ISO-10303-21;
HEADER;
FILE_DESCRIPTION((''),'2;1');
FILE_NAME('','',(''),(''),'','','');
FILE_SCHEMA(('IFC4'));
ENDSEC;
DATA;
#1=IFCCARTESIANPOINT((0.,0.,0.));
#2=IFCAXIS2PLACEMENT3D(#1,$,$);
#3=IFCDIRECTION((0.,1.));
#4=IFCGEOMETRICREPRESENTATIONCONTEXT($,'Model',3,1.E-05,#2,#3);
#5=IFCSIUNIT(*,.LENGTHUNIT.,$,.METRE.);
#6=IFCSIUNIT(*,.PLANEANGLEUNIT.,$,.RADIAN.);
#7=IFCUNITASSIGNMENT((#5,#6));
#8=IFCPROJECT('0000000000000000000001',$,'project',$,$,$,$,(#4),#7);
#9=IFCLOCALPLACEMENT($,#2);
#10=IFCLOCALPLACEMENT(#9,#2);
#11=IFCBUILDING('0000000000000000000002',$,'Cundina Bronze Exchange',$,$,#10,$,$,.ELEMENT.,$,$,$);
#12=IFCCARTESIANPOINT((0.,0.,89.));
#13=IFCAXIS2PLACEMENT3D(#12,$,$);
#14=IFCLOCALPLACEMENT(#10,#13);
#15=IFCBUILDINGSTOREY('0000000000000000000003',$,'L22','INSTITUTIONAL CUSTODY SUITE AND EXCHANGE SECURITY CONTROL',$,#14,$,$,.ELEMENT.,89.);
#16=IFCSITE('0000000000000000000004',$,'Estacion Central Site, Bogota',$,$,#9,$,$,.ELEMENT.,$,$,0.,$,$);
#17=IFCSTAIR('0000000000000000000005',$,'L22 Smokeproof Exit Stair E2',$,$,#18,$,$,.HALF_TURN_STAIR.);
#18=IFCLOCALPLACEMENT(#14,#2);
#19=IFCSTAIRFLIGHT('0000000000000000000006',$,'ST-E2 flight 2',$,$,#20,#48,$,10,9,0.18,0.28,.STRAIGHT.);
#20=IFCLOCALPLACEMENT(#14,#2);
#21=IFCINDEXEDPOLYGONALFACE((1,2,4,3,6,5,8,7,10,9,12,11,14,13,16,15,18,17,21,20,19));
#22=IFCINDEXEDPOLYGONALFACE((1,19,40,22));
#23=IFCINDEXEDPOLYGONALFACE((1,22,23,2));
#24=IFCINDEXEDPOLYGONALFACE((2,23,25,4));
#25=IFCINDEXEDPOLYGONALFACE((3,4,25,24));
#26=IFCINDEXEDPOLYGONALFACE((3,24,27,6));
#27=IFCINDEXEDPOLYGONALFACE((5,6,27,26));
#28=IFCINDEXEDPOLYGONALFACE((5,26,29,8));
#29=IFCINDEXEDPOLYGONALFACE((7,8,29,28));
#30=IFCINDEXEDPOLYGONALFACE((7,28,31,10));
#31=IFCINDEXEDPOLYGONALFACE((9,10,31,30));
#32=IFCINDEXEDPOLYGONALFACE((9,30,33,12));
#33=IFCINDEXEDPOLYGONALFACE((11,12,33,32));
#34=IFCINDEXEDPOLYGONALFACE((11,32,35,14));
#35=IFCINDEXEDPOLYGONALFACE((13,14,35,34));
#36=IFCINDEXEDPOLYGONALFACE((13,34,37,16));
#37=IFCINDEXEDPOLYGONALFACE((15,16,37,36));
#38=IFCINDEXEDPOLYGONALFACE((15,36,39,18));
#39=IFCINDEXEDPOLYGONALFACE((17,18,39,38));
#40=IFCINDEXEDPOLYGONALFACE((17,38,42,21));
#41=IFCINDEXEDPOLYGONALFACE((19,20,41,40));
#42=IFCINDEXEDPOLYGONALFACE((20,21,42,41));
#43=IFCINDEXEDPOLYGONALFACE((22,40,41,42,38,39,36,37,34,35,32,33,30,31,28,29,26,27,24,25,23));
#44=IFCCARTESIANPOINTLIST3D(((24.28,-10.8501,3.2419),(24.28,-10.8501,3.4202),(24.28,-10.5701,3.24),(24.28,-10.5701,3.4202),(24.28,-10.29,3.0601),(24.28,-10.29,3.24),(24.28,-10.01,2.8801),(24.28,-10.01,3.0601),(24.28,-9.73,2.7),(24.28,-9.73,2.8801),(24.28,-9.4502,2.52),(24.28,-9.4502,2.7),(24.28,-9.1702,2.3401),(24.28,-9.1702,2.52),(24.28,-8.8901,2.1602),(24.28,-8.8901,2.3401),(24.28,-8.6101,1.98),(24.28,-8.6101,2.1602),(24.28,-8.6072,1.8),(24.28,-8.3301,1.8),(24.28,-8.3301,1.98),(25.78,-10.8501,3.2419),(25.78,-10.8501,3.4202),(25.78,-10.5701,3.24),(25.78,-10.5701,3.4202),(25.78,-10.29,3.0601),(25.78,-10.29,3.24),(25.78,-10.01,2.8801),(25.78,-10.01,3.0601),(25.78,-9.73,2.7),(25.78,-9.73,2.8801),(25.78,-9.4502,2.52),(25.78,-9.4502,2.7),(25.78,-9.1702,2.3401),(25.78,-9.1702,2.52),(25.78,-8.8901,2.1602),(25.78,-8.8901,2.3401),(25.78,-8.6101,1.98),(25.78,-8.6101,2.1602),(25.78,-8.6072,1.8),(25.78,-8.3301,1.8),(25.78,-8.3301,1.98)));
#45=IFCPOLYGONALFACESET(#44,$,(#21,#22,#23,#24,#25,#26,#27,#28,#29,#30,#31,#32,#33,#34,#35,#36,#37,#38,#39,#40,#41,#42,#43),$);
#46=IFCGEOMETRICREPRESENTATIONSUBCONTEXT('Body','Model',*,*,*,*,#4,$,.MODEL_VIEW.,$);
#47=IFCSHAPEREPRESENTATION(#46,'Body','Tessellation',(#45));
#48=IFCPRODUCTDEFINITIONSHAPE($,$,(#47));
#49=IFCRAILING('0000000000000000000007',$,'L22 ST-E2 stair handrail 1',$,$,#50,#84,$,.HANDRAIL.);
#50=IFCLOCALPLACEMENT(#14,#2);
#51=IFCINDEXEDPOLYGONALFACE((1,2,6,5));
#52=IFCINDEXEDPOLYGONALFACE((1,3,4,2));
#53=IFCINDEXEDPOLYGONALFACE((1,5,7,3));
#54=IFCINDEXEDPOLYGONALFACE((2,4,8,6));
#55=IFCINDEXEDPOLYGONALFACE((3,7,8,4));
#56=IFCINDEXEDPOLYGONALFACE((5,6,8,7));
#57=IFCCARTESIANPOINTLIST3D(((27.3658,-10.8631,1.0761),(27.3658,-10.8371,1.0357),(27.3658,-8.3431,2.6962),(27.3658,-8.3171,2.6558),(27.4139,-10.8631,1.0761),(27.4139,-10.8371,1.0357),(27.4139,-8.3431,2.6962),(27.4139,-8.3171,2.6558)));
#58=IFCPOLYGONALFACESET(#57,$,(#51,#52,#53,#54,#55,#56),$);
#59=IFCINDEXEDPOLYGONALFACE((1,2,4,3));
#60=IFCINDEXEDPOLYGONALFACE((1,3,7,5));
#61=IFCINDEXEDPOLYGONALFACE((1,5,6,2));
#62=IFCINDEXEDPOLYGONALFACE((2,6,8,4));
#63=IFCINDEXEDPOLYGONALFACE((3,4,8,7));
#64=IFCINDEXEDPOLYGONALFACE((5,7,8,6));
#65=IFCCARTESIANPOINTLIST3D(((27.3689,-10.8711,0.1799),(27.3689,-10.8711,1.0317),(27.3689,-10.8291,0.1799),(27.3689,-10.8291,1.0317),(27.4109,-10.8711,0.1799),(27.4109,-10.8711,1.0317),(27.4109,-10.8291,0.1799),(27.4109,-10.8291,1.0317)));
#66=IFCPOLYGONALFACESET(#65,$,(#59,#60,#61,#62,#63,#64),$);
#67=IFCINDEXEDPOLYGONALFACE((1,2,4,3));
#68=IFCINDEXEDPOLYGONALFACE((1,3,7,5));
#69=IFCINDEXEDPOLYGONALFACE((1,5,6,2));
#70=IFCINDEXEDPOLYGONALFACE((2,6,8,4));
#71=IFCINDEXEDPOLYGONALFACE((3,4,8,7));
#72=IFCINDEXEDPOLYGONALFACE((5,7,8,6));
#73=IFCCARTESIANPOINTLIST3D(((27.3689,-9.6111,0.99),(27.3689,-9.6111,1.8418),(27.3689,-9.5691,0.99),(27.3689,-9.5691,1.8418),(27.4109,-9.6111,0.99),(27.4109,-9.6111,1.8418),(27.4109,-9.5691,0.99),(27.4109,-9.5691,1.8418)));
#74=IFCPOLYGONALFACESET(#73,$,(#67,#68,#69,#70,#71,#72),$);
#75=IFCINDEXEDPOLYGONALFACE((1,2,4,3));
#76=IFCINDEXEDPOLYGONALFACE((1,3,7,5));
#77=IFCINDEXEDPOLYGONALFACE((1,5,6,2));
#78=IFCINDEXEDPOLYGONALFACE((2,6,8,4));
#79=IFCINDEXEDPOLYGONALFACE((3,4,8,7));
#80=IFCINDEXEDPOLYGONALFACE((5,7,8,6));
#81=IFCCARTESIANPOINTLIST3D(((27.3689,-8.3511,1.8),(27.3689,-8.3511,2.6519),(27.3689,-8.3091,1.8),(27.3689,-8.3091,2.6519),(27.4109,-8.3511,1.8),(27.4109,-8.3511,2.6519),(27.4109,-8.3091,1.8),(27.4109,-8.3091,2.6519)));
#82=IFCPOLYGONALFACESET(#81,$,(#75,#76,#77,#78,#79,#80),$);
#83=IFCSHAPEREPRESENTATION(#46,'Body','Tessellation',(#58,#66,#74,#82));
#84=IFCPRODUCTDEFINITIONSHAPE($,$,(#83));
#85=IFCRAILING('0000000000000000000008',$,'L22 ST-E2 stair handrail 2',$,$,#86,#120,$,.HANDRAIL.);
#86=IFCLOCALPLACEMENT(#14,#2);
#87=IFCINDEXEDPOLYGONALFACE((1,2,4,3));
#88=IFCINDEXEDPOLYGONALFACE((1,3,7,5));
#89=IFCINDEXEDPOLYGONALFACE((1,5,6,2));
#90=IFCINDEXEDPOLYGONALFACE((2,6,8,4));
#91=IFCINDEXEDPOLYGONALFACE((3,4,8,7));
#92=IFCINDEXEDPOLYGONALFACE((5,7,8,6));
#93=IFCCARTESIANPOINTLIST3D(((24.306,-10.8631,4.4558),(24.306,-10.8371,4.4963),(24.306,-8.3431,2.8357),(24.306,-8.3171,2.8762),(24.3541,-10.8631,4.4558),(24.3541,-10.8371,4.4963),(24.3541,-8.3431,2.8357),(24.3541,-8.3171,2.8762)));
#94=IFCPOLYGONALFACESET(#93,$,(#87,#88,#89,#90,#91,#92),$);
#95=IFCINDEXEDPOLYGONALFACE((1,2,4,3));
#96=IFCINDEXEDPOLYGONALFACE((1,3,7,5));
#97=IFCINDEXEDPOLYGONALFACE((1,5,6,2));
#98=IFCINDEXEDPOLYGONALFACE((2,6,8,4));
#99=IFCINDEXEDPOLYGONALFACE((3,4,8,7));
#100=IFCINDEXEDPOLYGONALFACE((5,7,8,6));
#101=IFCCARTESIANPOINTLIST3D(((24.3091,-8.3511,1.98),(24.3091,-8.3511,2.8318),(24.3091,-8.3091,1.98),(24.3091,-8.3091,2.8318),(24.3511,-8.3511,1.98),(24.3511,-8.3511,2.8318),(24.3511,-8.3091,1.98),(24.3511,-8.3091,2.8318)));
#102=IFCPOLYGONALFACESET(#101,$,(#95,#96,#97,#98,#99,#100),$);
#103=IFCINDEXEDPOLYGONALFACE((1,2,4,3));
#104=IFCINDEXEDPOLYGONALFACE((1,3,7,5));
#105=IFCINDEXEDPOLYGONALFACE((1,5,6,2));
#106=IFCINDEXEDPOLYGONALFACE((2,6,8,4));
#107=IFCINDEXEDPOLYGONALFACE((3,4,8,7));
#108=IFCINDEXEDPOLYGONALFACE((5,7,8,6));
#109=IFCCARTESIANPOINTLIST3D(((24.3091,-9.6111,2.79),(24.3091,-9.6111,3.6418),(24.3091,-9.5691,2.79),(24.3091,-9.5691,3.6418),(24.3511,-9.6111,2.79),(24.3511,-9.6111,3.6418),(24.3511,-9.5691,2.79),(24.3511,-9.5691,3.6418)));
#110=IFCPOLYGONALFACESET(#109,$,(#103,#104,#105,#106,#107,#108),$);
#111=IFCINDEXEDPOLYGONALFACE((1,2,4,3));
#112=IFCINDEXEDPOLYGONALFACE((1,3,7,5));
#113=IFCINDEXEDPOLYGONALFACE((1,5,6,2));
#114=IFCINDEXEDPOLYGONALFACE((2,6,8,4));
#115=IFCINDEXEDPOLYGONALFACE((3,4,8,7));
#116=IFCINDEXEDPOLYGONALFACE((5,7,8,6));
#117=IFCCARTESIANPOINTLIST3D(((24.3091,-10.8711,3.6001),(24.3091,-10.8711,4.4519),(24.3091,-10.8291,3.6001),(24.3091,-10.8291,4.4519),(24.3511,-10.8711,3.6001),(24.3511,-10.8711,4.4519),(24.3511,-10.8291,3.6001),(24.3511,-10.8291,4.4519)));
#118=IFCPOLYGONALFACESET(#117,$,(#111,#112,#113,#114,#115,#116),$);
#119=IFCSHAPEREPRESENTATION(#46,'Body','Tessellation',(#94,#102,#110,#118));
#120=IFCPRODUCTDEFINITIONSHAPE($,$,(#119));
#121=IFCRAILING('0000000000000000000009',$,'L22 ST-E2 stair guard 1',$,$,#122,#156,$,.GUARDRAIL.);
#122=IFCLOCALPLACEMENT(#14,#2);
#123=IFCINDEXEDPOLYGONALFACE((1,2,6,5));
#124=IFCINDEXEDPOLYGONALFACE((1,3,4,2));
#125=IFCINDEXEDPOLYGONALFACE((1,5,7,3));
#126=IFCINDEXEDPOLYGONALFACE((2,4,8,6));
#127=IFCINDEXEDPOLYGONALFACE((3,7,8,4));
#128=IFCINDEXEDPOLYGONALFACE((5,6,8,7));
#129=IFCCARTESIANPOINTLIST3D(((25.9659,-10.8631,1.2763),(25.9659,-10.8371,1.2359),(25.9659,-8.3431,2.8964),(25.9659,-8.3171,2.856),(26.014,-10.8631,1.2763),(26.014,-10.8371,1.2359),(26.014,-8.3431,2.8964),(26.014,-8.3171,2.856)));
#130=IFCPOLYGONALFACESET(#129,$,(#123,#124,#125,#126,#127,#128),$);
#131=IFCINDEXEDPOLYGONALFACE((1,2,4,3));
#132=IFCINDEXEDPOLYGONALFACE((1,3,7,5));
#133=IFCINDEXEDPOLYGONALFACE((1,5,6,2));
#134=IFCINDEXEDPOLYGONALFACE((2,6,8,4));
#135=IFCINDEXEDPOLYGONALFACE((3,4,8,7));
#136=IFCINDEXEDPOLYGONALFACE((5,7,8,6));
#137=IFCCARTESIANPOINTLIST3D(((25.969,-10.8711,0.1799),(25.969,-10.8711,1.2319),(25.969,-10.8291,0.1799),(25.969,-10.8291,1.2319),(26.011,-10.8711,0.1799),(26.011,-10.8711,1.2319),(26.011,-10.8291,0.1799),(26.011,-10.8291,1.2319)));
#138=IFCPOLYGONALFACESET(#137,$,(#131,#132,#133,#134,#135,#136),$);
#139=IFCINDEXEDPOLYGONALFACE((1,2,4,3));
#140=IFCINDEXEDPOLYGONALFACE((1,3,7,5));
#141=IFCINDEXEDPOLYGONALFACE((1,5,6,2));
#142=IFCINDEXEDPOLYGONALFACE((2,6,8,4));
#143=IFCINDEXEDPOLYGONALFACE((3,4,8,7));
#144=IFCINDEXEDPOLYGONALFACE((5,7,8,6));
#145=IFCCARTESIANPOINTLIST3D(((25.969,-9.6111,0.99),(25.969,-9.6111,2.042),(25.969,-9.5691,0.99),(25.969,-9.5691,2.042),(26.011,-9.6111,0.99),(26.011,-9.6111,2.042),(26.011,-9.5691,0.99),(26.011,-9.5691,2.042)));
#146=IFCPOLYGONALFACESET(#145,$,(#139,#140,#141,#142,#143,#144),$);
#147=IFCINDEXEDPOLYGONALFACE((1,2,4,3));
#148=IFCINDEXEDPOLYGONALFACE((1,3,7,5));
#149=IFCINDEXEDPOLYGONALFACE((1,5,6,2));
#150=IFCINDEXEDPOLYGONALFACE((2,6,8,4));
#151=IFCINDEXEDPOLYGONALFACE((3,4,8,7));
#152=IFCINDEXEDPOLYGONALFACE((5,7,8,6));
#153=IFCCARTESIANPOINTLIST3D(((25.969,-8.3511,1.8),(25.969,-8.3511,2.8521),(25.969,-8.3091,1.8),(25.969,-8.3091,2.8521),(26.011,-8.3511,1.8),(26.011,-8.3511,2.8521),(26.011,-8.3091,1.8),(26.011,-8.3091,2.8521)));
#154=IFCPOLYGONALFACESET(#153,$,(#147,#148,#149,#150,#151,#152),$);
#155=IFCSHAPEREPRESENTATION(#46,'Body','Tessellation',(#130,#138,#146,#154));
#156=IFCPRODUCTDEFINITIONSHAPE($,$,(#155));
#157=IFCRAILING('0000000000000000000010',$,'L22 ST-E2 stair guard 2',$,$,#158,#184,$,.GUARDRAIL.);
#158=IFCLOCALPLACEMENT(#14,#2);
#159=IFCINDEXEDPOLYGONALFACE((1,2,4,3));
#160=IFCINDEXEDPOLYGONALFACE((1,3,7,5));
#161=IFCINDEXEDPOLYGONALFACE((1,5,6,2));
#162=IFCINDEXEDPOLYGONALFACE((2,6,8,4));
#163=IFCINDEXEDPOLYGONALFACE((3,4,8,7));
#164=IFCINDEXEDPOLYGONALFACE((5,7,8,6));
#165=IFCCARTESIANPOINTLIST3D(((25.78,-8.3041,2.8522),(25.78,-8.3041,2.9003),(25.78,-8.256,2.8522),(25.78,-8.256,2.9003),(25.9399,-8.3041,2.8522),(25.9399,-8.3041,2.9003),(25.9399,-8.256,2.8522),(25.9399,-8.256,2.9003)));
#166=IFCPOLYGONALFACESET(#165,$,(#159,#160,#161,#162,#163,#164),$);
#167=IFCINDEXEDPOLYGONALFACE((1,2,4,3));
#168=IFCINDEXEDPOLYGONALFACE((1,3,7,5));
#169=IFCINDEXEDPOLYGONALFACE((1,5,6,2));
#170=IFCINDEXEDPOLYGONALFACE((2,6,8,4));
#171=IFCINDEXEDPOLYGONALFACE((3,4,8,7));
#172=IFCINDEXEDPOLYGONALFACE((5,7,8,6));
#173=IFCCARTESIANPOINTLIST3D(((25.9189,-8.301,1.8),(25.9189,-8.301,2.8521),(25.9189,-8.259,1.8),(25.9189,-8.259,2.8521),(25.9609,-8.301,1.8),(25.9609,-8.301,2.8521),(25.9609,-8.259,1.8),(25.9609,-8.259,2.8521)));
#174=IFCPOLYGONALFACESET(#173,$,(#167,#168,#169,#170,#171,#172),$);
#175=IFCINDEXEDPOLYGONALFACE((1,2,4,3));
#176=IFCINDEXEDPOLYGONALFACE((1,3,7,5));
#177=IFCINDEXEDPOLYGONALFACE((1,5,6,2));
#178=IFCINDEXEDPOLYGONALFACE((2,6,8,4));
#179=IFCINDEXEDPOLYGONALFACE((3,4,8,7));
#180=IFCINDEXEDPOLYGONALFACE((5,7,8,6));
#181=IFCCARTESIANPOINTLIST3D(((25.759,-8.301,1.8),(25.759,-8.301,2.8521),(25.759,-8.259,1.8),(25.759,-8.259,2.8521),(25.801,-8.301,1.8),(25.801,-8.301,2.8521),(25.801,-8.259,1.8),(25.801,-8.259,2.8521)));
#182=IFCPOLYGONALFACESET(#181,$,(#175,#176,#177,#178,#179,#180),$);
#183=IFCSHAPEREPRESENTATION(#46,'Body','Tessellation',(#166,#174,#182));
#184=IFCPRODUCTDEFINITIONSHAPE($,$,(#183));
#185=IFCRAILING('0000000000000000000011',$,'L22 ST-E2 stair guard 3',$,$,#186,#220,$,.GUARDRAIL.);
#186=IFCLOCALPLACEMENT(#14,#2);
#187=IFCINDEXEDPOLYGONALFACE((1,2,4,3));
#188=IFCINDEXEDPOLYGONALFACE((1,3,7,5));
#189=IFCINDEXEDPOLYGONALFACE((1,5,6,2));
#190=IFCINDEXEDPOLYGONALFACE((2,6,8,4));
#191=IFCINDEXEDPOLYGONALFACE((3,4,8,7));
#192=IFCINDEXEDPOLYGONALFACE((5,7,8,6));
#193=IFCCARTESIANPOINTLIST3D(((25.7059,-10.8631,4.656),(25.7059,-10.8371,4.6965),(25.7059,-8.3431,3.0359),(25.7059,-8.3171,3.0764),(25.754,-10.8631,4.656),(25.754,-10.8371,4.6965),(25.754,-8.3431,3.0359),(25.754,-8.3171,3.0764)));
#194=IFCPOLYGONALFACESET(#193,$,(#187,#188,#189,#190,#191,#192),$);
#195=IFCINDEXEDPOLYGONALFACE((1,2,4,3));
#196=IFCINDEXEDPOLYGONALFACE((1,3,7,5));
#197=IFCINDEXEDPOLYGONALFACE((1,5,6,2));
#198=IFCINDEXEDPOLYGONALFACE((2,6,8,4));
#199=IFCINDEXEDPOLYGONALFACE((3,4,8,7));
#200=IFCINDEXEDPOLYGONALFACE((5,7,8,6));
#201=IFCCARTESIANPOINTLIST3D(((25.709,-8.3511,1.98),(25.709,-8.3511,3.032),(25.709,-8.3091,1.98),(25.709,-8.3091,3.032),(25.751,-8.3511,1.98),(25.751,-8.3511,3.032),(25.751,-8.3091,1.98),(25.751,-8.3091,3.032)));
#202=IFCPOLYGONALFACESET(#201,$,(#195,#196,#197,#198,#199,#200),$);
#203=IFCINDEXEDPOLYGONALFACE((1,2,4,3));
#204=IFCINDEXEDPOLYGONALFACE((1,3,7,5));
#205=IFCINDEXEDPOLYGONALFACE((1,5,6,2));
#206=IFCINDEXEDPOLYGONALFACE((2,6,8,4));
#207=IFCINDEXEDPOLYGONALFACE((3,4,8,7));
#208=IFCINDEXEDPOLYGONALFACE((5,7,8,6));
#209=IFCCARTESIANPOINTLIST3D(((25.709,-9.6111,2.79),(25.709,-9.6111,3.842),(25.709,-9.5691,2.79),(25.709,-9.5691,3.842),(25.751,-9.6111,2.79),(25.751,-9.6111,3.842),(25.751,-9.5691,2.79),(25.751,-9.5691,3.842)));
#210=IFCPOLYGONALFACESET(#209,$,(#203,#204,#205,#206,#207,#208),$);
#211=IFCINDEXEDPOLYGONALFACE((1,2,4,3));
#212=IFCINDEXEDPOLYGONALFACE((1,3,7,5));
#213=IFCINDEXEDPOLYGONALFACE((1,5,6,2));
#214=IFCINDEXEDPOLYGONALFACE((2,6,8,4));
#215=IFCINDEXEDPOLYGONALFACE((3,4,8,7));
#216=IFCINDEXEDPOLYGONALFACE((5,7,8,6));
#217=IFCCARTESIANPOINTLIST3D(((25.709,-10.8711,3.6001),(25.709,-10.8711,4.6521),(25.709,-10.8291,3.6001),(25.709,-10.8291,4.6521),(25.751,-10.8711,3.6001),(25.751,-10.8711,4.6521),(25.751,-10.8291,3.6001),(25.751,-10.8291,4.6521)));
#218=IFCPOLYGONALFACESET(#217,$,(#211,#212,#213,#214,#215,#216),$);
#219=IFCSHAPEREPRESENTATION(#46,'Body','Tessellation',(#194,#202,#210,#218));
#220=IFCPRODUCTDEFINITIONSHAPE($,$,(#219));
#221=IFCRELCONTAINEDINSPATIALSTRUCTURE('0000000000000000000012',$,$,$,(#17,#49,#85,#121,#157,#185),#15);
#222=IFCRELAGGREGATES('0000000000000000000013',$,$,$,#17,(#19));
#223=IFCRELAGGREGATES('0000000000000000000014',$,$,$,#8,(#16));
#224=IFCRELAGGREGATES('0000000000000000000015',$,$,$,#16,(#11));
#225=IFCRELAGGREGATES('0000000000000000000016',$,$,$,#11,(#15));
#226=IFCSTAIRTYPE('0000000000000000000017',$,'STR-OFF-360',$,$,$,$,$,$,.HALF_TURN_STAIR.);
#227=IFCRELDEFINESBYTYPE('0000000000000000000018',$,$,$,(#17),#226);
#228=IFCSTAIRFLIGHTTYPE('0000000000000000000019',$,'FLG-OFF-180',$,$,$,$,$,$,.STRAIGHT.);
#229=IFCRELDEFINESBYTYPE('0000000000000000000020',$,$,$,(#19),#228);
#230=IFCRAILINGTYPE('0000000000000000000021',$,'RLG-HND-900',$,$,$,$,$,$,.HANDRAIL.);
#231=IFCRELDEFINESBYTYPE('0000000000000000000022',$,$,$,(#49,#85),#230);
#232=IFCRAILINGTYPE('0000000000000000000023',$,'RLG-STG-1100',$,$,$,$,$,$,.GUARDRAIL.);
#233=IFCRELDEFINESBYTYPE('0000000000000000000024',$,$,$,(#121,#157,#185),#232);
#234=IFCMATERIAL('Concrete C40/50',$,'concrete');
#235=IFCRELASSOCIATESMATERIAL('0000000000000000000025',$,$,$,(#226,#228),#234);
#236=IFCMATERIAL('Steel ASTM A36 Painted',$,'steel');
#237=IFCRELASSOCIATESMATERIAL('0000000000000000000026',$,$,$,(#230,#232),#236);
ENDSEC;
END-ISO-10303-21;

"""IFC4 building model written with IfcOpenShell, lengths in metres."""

from ifc_helpers import new_model, si_unit, direction, frame, origin, origin_2d, place, context, subcontext, project, spatial, polyline, rectangle, outline, extrude, material, type_object, element, aggregate, save


model = new_model("IFC4")

# Units and contexts
model_context = context("Model", 3, precision=1e-05, world=origin(), true_north=direction((0.0, 1.0)))
body_context = subcontext(model_context, "Body", "Model", "MODEL_VIEW")
ifc_project = project(units=[si_unit("LENGTHUNIT", "METRE"), si_unit("PLANEANGLEUNIT", "RADIAN")], contexts=[model_context])

# Site, building, storey
site_placement = place(None, origin())
site = spatial("IfcSite", under=ifc_project, at=site_placement, Name="Estacion Central Site, Bogota", CompositionType="ELEMENT", RefElevation=0.0)
building_placement = place(site_placement, origin())
building = spatial("IfcBuilding", under=site, at=building_placement, Name="Cundina Bronze Exchange", CompositionType="ELEMENT")
storey_placement = place(building_placement, frame((0.0, 0.0, 89.0)))
storey = spatial("IfcBuildingStorey", under=building, at=storey_placement, Name="L22", Description="INSTITUTIONAL CUSTODY SUITE AND EXCHANGE SECURITY CONTROL", CompositionType="ELEMENT", Elevation=89.0)

# Shared definitions
ifc_material_1 = material(Name="Steel ASTM A36 Painted", Category="steel")

# Stair, stair flight
ifc_material_2 = material(Name="Concrete C40/50", Category="concrete")
stair_type = type_object("IfcStairType", Name="STR-OFF-360", PredefinedType="HALF_TURN_STAIR", material=ifc_material_2)
stair_placement = place(storey_placement, origin())
stair = element("IfcStair", 1, at=stair_placement, inside=storey, type_object=stair_type, Name="L22 Smokeproof Exit Stair E2", PredefinedType="HALF_TURN_STAIR")
stair_flight_type = type_object("IfcStairFlightType", Name="FLG-OFF-180", PredefinedType="STRAIGHT", material=ifc_material_2)
stair_flight_1_placement = place(storey_placement, frame((25.03, -8.3301, 1.8), z_axis=(0.0, 0.0, 1.0), x_axis=(0.0, -1.0, 0.0)))
stair_flight_1 = element("IfcStairFlight", 2, at=stair_flight_1_placement, type_object=stair_flight_type, Name="ST-E2 flight 2", NumberOfRisers=10, NumberOfTreads=9, PredefinedType="STRAIGHT", RiserHeight=0.18, TreadLength=0.28, context=body_context, shape_type="SweptSolid", body=[
    extrude(outline(polyline([(0.0, 0.0), (0.0, 0.1799), (0.28, 0.1799), (0.28, 0.3601), (0.5601, 0.3601), (0.5601, 0.54), (0.8401, 0.54), (0.8401, 0.72), (1.1201, 0.72), (1.1201, 0.8999), (1.3999, 0.8999), (1.3999, 1.0801), (1.6799, 1.0801), (1.6799, 1.26), (1.96, 1.26), (1.96, 1.4399), (2.24, 1.4399), (2.24, 1.6201), (2.52, 1.6201), (2.52, 1.8), (2.52, 1.4419), (0.2771, 0.0), (0.0, 0.0)])), frame((0.0, 0.75, 0.0), z_axis=(0.0, -1.0, 0.0), x_axis=(1.0, 0.0, 0.0)), (0.0, 0.0, 1.0), 1.5),
])
aggregate(stair, [stair_flight_1])

# Railings
railing_type_1 = type_object("IfcRailingType", Name="RLG-HND-900", PredefinedType="HANDRAIL", material=ifc_material_1)
railing_1_placement = place(storey_placement, frame((27.3899, -10.8501, 0.1799)))
element("IfcRailing", 3, at=railing_1_placement, inside=storey, type_object=railing_type_1, Name="L22 ST-E2 stair handrail 1", PredefinedType="HANDRAIL", context=body_context, shape_type="SweptSolid", body=[
    extrude(rectangle(XDim=0.0481, YDim=0.0481, at=origin_2d()), frame((0.0, 0.0, 0.876), z_axis=(0.0, 0.841163, 0.540782), x_axis=(-1.0, 0.0, 0.0)), (0.0, 0.0, 1.0), 2.9958),
    extrude(rectangle(XDim=0.042, YDim=0.042, at=origin_2d()), origin(), (0.0, 0.0, 1.0), 0.8518),
    extrude(rectangle(XDim=0.042, YDim=0.042, at=origin_2d()), frame((0.0, 1.26, 0.8101)), (0.0, 0.0, 1.0), 0.8518),
    extrude(rectangle(XDim=0.042, YDim=0.042, at=origin_2d()), frame((0.0, 2.52, 1.6201)), (0.0, 0.0, 1.0), 0.8518),
])
railing_2_placement = place(storey_placement, frame((24.3301, -8.3301, 1.98)))
element("IfcRailing", 4, at=railing_2_placement, inside=storey, type_object=railing_type_1, Name="L22 ST-E2 stair handrail 2", PredefinedType="HANDRAIL", context=body_context, shape_type="SweptSolid", body=[
    extrude(rectangle(XDim=0.0481, YDim=0.0481, at=origin_2d()), frame((0.0, 0.0, 0.876), z_axis=(0.0, -0.841163, 0.540782), x_axis=(1.0, 0.0, 0.0)), (0.0, 0.0, 1.0), 2.9958),
    extrude(rectangle(XDim=0.042, YDim=0.042, at=origin_2d()), origin(), (0.0, 0.0, 1.0), 0.8518),
    extrude(rectangle(XDim=0.042, YDim=0.042, at=origin_2d()), frame((0.0, -1.26, 0.8101)), (0.0, 0.0, 1.0), 0.8518),
    extrude(rectangle(XDim=0.042, YDim=0.042, at=origin_2d()), frame((0.0, -2.52, 1.6201)), (0.0, 0.0, 1.0), 0.8518),
])
railing_type_2 = type_object("IfcRailingType", Name="RLG-STG-1100", PredefinedType="GUARDRAIL", material=ifc_material_1)
railing_3_placement = place(storey_placement, frame((25.99, -10.8501, 0.1799)))
element("IfcRailing", 5, at=railing_3_placement, inside=storey, type_object=railing_type_2, Name="L22 ST-E2 stair guard 1", PredefinedType="GUARDRAIL", context=body_context, shape_type="SweptSolid", body=[
    extrude(rectangle(XDim=0.0481, YDim=0.0481, at=origin_2d()), frame((0.0, 0.0, 1.0762), z_axis=(0.0, 0.841163, 0.540782), x_axis=(-1.0, 0.0, 0.0)), (0.0, 0.0, 1.0), 2.9958),
    extrude(rectangle(XDim=0.042, YDim=0.042, at=origin_2d()), origin(), (0.0, 0.0, 1.0), 1.052),
    extrude(rectangle(XDim=0.042, YDim=0.042, at=origin_2d()), frame((0.0, 1.26, 0.8101)), (0.0, 0.0, 1.0), 1.052),
    extrude(rectangle(XDim=0.042, YDim=0.042, at=origin_2d()), frame((0.0, 2.52, 1.6201)), (0.0, 0.0, 1.0), 1.052),
])
railing_4_placement = place(storey_placement, frame((25.9399, -8.28, 1.8)))
element("IfcRailing", 6, at=railing_4_placement, inside=storey, type_object=railing_type_2, Name="L22 ST-E2 stair guard 2", PredefinedType="GUARDRAIL", context=body_context, shape_type="SweptSolid", body=[
    extrude(rectangle(XDim=0.0481, YDim=0.0481, at=origin_2d()), frame((0.0, 0.0, 1.0762), z_axis=(-1.0, 0.0, 0.0), x_axis=(0.0, -1.0, 0.0)), (0.0, 0.0, 1.0), 0.1599),
    extrude(rectangle(XDim=0.042, YDim=0.042, at=origin_2d()), origin(), (0.0, 0.0, 1.0), 1.052),
    extrude(rectangle(XDim=0.042, YDim=0.042, at=origin_2d()), frame((-0.1599, 0.0, 0.0)), (0.0, 0.0, 1.0), 1.052),
])
railing_5_placement = place(storey_placement, frame((25.73, -8.3301, 1.98)))
element("IfcRailing", 7, at=railing_5_placement, inside=storey, type_object=railing_type_2, Name="L22 ST-E2 stair guard 3", PredefinedType="GUARDRAIL", context=body_context, shape_type="SweptSolid", body=[
    extrude(rectangle(XDim=0.0481, YDim=0.0481, at=origin_2d()), frame((0.0, 0.0, 1.0762), z_axis=(0.0, -0.841163, 0.540782), x_axis=(1.0, 0.0, 0.0)), (0.0, 0.0, 1.0), 2.9958),
    extrude(rectangle(XDim=0.042, YDim=0.042, at=origin_2d()), origin(), (0.0, 0.0, 1.0), 1.052),
    extrude(rectangle(XDim=0.042, YDim=0.042, at=origin_2d()), frame((0.0, -1.26, 0.8101)), (0.0, 0.0, 1.0), 1.052),
    extrude(rectangle(XDim=0.042, YDim=0.042, at=origin_2d()), frame((0.0, -2.52, 1.6201)), (0.0, 0.0, 1.0), 1.052),
])

save(model, "model.ifc")
